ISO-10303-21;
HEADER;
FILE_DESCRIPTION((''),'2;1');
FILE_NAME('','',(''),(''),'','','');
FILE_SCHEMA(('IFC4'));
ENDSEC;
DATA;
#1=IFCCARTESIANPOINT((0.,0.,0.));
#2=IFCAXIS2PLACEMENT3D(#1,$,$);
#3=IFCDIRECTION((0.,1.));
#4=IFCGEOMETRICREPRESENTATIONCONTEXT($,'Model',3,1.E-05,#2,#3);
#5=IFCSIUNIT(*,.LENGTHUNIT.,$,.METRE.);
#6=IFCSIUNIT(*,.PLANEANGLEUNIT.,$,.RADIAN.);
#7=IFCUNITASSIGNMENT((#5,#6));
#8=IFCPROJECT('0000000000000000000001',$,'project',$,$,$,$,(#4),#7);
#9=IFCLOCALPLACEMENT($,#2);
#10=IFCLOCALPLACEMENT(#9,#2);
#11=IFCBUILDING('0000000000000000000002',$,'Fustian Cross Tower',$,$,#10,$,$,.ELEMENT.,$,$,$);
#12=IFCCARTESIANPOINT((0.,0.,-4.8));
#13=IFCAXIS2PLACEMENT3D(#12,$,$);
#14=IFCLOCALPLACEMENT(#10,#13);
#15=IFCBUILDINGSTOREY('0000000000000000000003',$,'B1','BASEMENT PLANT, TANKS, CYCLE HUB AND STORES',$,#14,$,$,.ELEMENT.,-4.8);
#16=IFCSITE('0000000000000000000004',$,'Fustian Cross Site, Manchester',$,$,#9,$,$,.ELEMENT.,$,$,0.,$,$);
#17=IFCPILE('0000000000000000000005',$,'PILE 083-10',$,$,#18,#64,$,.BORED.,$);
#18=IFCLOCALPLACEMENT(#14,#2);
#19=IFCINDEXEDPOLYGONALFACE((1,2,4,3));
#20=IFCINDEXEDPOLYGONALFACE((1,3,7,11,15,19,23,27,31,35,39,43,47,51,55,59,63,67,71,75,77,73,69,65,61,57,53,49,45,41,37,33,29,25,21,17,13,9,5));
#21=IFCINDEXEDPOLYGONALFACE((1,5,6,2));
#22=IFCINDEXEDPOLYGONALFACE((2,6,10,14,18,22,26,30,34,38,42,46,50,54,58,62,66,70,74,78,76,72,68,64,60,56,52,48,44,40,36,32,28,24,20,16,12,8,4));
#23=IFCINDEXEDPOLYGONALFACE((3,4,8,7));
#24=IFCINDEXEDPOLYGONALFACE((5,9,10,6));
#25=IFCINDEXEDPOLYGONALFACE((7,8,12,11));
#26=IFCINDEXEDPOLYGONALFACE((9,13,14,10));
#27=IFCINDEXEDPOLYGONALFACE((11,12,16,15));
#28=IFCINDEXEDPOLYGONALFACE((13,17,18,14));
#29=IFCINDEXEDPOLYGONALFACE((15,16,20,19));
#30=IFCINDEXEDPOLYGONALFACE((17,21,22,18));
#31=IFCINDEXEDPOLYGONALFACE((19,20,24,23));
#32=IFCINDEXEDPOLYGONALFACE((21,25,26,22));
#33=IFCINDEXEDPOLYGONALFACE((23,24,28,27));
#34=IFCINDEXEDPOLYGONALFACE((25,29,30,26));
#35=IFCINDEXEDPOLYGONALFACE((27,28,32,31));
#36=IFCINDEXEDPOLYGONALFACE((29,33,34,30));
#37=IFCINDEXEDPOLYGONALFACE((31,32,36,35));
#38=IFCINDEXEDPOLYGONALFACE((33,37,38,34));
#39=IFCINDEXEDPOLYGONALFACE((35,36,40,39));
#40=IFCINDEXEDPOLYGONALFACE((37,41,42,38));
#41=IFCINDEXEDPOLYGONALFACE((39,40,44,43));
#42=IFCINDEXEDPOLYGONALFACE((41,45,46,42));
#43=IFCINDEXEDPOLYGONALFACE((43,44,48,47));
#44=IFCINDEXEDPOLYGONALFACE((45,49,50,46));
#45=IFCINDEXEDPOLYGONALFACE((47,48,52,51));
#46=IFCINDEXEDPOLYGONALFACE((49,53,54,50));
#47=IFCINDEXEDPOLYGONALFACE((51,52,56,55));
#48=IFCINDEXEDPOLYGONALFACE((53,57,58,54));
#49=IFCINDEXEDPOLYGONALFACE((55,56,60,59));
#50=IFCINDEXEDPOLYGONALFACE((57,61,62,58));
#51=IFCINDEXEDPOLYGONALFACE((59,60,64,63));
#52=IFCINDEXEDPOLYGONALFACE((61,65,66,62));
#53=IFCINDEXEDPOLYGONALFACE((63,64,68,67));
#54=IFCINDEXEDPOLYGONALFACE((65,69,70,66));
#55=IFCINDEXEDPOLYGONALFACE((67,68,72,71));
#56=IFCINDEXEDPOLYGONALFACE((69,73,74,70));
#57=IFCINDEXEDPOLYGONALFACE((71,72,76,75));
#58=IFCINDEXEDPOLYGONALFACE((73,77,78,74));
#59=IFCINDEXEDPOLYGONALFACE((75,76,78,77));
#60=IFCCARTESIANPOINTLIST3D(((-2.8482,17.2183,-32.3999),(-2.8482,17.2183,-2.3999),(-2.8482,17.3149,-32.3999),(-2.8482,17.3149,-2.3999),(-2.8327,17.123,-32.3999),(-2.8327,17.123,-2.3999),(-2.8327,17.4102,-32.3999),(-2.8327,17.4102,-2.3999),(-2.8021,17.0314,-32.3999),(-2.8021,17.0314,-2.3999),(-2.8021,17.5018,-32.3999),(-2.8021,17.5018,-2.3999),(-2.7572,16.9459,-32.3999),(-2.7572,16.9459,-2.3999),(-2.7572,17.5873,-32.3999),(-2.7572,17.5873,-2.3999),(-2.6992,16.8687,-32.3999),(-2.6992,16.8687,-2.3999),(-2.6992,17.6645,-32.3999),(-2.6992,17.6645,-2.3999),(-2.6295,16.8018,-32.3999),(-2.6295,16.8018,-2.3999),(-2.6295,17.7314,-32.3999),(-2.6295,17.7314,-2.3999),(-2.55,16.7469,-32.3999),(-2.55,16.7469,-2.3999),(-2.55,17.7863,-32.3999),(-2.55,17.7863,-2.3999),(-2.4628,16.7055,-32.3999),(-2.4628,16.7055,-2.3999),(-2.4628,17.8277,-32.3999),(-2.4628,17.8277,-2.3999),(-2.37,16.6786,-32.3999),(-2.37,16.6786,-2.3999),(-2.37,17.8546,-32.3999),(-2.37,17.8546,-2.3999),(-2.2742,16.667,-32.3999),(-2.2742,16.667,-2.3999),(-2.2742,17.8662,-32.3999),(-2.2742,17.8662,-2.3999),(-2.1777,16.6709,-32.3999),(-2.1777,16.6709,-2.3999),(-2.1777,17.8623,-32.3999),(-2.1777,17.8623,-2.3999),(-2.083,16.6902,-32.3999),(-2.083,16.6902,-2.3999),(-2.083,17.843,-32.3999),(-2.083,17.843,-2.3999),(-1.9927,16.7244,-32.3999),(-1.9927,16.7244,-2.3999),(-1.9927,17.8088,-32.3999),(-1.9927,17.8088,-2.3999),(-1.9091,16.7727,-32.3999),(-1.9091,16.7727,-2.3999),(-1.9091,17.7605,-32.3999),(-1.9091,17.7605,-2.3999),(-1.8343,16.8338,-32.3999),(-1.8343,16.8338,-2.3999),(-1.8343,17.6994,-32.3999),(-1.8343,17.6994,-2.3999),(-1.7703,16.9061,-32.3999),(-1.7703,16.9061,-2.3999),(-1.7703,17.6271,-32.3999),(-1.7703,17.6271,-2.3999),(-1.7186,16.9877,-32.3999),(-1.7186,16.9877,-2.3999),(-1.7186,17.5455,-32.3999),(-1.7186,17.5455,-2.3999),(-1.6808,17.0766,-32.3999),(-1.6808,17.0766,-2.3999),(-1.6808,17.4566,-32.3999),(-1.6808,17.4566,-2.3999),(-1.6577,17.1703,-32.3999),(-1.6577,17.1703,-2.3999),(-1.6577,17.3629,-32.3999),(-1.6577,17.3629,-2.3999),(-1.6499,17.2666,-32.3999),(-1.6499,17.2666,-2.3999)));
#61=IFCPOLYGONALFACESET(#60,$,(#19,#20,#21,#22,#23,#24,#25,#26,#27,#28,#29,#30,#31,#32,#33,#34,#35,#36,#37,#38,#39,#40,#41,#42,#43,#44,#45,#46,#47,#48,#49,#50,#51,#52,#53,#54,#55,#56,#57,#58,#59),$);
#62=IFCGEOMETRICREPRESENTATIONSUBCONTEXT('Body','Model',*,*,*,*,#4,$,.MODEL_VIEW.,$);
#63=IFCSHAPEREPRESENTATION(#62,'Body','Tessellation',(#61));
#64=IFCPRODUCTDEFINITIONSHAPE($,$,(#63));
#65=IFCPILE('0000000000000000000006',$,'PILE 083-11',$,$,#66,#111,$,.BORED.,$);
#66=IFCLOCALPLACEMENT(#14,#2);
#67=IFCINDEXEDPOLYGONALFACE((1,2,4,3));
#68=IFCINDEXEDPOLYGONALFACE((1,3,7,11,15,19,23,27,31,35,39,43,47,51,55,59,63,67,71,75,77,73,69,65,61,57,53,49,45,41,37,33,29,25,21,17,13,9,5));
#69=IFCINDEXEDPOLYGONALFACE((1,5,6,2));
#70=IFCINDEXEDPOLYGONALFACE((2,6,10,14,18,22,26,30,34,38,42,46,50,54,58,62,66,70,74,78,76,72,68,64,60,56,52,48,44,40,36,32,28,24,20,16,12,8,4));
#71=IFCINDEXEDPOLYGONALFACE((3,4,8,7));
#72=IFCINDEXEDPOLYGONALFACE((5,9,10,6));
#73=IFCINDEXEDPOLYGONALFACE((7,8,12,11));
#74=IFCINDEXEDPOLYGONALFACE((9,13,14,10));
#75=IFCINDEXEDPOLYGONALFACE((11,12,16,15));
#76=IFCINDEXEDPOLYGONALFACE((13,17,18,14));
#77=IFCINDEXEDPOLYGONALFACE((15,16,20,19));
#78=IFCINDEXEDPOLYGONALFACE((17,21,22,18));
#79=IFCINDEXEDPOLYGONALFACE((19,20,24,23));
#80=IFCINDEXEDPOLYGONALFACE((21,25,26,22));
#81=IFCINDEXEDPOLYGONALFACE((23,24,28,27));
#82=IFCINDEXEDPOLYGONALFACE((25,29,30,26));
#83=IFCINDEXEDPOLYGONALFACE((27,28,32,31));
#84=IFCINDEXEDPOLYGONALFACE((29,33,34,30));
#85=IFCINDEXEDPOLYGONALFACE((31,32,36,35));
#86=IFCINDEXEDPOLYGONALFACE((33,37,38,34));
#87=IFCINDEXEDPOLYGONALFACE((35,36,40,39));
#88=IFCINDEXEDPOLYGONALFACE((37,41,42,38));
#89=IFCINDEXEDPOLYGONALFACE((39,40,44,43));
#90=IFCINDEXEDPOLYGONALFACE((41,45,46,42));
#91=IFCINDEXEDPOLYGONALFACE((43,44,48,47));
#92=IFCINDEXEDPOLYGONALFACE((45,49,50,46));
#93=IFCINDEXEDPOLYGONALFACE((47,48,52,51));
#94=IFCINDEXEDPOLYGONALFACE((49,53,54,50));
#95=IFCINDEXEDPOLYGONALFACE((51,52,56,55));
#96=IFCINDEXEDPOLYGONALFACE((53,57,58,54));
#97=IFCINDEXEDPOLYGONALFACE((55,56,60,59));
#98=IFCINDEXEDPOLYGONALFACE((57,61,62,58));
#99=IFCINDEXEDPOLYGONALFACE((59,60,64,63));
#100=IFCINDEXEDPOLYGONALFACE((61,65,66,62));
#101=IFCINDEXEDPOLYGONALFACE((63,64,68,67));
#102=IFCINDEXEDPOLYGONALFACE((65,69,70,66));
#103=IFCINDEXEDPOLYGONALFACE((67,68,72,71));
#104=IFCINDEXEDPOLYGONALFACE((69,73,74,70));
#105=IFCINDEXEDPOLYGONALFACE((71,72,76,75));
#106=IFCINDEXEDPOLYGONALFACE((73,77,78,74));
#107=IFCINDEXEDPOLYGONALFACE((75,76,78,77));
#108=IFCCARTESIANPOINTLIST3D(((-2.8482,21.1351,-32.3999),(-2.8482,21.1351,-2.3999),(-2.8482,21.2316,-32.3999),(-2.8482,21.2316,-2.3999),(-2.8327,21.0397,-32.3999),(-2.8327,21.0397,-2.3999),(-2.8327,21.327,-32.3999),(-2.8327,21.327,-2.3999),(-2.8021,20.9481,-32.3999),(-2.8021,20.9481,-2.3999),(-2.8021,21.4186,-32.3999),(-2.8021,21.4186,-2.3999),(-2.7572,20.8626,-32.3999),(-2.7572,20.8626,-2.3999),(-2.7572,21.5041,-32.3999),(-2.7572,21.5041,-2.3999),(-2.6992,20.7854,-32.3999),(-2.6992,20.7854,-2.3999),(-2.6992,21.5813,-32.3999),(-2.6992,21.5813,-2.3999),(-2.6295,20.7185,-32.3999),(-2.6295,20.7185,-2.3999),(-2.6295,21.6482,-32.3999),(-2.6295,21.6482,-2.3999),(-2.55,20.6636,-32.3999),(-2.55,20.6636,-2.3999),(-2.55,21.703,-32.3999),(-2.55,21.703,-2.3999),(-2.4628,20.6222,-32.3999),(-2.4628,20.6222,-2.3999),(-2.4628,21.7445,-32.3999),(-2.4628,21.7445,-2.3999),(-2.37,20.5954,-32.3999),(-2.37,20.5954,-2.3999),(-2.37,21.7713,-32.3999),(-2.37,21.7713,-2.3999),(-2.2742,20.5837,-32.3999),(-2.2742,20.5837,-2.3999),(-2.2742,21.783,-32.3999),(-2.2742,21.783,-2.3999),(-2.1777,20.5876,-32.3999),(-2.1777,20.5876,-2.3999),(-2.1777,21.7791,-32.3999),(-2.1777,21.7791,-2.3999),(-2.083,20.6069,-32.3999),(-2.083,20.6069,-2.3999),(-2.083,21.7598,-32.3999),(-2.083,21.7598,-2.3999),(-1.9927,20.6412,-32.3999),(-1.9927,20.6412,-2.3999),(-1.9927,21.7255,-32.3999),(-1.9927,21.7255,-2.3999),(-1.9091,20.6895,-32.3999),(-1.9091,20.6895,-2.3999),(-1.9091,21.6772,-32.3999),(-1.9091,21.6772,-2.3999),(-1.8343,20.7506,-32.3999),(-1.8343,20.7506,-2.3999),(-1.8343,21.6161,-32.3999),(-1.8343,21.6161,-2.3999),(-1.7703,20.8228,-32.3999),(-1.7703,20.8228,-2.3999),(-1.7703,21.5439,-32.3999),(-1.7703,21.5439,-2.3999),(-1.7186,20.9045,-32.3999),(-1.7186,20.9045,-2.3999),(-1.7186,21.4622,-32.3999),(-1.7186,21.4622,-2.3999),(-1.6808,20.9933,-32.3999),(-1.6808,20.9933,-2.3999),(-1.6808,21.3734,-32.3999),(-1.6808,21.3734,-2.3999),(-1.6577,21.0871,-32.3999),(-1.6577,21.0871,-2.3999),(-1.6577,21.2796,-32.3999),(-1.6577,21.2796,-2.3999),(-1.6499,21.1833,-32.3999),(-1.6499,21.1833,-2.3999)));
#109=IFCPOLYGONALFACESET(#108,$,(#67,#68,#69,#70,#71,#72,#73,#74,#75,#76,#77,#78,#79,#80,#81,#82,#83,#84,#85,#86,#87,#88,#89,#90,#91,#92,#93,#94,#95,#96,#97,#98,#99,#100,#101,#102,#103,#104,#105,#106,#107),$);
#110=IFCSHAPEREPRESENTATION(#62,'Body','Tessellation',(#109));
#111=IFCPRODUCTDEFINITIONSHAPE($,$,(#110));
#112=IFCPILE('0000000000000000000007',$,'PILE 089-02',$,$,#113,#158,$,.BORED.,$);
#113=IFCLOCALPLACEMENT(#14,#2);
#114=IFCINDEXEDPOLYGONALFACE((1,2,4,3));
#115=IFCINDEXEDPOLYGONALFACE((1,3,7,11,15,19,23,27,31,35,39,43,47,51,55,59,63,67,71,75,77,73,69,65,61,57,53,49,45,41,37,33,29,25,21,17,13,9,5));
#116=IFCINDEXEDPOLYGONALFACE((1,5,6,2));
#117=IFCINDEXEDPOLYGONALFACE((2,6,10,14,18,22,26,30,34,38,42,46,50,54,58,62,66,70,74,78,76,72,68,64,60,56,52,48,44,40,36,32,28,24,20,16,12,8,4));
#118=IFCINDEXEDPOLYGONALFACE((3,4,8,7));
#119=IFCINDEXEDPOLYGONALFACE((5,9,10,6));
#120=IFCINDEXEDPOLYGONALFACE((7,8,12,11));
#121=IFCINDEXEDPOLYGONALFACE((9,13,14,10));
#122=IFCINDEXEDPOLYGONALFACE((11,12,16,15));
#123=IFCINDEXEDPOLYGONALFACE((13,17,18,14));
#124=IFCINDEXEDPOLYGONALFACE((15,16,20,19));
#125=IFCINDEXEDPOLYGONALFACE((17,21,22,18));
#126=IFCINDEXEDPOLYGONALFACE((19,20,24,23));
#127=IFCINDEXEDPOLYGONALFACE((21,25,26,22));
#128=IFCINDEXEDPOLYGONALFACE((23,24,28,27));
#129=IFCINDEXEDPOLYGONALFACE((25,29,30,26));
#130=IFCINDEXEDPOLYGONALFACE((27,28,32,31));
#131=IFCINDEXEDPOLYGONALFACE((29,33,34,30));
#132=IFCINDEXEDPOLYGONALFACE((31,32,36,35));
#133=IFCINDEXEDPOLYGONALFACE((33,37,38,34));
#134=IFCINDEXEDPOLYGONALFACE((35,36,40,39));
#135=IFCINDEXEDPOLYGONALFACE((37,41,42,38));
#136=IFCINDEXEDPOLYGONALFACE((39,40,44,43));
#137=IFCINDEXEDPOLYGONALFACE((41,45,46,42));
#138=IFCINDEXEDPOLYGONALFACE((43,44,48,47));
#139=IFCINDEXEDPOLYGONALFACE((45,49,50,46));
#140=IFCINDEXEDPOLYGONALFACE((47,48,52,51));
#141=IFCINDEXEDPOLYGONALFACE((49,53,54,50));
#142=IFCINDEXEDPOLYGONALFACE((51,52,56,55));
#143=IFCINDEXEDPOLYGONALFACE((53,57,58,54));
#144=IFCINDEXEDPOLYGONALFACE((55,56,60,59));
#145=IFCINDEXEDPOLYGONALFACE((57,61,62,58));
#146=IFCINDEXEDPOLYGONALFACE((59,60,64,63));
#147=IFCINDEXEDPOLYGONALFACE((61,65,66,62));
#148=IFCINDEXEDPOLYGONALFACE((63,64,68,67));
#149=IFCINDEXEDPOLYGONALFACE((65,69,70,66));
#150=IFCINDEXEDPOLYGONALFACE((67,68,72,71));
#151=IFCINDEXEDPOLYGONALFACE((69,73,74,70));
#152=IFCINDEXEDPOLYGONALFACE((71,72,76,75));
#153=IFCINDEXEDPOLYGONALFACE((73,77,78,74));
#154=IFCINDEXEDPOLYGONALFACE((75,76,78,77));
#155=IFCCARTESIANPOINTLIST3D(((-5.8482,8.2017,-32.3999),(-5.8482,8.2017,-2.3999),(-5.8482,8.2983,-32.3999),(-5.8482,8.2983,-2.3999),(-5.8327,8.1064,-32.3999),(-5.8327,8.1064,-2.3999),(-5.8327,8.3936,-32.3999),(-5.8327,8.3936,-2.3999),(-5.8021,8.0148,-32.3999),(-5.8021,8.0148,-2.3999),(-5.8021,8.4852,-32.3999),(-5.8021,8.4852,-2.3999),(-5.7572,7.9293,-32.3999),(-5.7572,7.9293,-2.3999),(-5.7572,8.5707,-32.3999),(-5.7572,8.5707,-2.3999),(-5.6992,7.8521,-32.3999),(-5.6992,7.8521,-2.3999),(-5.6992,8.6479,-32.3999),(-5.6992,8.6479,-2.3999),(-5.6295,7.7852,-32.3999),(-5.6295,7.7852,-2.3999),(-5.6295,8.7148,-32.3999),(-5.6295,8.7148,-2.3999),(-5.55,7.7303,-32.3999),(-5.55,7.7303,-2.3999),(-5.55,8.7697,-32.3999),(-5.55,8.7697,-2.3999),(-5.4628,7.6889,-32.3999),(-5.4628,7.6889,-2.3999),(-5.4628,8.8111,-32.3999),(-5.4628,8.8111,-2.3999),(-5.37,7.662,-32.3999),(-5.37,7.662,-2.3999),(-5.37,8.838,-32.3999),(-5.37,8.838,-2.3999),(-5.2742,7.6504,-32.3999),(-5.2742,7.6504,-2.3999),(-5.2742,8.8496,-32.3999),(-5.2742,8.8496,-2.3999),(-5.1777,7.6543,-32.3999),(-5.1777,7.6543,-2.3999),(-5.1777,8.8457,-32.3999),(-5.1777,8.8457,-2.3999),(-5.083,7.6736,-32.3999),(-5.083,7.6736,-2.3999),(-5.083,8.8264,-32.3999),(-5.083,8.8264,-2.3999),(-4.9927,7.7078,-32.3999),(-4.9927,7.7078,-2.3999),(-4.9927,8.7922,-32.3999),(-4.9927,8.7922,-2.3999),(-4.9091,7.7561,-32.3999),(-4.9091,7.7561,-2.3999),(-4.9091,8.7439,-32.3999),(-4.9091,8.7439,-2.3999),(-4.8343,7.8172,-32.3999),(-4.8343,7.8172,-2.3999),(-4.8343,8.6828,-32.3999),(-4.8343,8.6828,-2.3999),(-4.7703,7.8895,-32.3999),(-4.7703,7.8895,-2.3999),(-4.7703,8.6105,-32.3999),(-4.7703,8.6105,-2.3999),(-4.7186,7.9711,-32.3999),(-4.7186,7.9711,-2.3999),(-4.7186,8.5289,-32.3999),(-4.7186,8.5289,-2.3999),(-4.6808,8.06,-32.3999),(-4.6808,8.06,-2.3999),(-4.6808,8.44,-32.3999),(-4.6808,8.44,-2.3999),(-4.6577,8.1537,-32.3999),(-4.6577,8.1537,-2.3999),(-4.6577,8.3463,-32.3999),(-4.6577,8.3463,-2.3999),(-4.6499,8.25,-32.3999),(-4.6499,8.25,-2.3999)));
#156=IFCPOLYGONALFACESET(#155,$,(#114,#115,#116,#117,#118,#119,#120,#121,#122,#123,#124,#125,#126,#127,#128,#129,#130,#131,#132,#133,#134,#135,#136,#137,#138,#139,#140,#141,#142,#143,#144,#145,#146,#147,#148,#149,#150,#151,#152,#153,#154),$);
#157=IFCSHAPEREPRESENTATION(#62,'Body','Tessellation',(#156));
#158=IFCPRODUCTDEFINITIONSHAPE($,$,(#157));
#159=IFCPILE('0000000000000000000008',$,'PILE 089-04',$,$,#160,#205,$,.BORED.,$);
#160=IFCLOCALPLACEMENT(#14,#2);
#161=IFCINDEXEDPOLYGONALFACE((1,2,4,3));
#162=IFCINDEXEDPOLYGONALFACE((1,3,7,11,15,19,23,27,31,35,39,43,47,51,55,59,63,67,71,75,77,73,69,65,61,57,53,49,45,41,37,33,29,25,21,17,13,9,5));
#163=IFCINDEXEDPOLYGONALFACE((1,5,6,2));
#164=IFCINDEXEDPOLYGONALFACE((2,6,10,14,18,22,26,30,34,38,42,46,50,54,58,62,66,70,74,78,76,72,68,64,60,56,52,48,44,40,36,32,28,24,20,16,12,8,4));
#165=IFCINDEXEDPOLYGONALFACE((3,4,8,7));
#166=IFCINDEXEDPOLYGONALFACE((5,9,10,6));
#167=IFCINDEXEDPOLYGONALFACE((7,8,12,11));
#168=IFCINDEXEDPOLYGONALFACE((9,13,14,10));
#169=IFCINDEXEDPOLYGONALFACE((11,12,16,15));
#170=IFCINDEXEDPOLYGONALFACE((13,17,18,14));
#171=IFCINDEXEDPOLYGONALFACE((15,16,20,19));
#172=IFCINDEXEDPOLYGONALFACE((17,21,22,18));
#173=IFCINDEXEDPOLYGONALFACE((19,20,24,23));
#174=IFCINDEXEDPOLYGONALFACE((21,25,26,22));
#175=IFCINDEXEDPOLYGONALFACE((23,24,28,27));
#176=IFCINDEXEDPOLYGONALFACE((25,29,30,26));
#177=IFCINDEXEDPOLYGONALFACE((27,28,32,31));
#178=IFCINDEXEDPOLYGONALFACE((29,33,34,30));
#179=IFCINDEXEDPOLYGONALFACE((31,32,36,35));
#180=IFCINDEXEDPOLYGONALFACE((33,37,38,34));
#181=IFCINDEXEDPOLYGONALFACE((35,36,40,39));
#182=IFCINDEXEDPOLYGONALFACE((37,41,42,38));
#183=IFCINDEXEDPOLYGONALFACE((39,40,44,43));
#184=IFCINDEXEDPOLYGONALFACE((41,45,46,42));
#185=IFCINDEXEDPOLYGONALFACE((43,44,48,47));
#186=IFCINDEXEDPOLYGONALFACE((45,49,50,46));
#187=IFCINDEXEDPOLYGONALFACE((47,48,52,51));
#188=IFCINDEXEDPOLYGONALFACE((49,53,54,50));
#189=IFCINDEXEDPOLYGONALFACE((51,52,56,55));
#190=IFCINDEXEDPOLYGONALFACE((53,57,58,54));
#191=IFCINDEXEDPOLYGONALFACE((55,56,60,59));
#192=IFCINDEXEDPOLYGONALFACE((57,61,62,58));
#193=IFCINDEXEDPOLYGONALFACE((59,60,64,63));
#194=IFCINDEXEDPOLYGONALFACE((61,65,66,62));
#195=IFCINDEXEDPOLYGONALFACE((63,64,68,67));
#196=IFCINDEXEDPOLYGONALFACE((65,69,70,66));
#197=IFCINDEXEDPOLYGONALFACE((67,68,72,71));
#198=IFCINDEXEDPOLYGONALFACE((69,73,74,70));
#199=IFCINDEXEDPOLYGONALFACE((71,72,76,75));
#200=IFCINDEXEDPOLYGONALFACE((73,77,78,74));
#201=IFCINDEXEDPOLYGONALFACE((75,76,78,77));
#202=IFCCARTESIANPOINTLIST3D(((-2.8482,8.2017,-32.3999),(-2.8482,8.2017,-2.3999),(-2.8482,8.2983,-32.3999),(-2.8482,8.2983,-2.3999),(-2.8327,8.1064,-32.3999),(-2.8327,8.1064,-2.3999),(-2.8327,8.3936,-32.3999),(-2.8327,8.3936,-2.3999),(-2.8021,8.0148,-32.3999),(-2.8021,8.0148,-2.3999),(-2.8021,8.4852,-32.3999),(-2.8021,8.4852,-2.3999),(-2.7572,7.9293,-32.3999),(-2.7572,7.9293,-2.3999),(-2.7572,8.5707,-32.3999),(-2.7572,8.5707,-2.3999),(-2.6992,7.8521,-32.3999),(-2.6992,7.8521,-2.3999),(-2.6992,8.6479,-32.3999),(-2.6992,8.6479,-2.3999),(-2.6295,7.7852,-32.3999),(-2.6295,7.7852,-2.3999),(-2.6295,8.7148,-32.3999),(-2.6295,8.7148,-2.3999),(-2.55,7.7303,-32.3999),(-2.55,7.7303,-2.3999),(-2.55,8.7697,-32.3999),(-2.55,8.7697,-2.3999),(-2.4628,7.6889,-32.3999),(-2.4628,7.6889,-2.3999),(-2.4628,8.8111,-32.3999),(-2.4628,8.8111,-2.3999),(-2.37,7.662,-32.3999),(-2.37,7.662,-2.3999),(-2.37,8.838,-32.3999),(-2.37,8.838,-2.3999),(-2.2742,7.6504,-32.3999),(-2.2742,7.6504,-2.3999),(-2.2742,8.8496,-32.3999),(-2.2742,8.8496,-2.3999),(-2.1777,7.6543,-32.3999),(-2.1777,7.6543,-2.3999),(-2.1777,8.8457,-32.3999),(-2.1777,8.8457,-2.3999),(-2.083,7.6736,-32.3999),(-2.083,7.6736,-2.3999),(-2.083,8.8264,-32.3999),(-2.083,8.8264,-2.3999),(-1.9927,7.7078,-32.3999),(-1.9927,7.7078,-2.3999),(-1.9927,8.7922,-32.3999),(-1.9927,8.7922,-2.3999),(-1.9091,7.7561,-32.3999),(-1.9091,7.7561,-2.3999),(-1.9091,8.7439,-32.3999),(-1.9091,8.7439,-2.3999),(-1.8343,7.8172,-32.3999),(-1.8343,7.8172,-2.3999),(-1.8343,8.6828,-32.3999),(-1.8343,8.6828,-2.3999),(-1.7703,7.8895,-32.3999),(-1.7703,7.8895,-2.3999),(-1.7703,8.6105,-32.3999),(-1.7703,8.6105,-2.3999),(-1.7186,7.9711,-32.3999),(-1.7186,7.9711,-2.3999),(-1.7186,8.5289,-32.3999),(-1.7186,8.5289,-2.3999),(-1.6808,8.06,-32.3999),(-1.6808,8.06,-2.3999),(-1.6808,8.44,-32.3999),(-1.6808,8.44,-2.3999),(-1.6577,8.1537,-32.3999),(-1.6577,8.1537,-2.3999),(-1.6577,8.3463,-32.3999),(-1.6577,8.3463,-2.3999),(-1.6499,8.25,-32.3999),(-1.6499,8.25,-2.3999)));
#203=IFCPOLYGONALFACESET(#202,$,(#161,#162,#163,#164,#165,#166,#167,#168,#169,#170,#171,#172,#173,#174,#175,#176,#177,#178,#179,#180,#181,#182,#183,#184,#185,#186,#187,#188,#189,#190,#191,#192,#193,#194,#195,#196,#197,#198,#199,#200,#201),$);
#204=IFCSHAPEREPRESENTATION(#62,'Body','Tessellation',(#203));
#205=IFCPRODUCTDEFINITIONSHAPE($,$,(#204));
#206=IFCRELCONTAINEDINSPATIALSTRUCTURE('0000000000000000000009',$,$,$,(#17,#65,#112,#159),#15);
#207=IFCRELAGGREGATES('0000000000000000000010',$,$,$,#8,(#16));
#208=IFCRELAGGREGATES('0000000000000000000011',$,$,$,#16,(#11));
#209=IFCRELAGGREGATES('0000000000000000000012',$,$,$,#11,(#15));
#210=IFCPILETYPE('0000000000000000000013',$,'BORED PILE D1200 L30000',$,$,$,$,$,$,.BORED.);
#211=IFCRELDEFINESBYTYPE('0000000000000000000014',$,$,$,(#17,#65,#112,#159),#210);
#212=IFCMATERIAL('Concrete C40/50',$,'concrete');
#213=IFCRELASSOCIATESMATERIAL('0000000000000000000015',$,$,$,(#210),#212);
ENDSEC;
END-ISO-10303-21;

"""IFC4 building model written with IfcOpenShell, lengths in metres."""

from ifc_helpers import new_model, si_unit, direction, frame, origin, origin_2d, place, context, subcontext, project, spatial, circle, extrude, material, material_profile, profile_set, type_object, element, save


model = new_model("IFC4")

# Units and contexts
model_context = context("Model", 3, precision=1e-05, world=origin(), true_north=direction((0.0, 1.0)))
body_context = subcontext(model_context, "Body", "Model", "MODEL_VIEW")
ifc_project = project(units=[si_unit("LENGTHUNIT", "METRE"), si_unit("PLANEANGLEUNIT", "RADIAN")], contexts=[model_context])

# Site, building, storey
site_placement = place(None, origin())
site = spatial("IfcSite", under=ifc_project, at=site_placement, Name="Fustian Cross Site, Manchester", CompositionType="ELEMENT", RefElevation=0.0)
building_placement = place(site_placement, origin())
building = spatial("IfcBuilding", under=site, at=building_placement, Name="Fustian Cross Tower", CompositionType="ELEMENT")
storey_placement = place(building_placement, frame((0.0, 0.0, -4.8)))
storey = spatial("IfcBuildingStorey", under=building, at=storey_placement, Name="B1", Description="BASEMENT PLANT, TANKS, CYCLE HUB AND STORES", CompositionType="ELEMENT", Elevation=-4.8)

# Piles
ifc_material_1 = material(Name="Concrete C40/50", Category="concrete")
ifc_material_profile_1 = material_profile(ifc_material_1, circle(Radius=0.6001, at=origin_2d()), Name="BORED PILE D1200 L30000")
ifc_profile_set_1 = profile_set([ifc_material_profile_1], Name="Concrete C40/50")
pile_type_1 = type_object("IfcPileType", Name="BORED PILE D1200 L30000", PredefinedType="BORED", material=ifc_profile_set_1)
for number, where, z_axis, x_axis, name in (
    (1, (-2.25, 17.2666, -2.3999), (0.0, 0.0, -1.0), (1.0, 0.0, 0.0), "PILE 083-10"),
    (2, (-2.25, 21.1833, -2.3999), (0.0, 0.0, -1.0), (1.0, 0.0, 0.0), "PILE 083-11"),
    (3, (-5.25, 8.25, -2.3999), (0.0, 0.0, -1.0), (1.0, 0.0, 0.0), "PILE 089-02"),
    (4, (-2.25, 8.25, -2.3999), (0.0, 0.0, -1.0), (1.0, 0.0, 0.0), "PILE 089-04"),
):
    element("IfcPile", number, at=place(storey_placement, frame(where, z_axis=z_axis, x_axis=x_axis)), inside=storey, type_object=pile_type_1, Name=name, PredefinedType="BORED", context=body_context, shape_type="SweptSolid", body=[
        extrude(circle(Radius=0.6001, at=origin_2d()), origin(), (0.0, 0.0, 1.0), 30.0),
    ])

save(model, "model.ifc")
